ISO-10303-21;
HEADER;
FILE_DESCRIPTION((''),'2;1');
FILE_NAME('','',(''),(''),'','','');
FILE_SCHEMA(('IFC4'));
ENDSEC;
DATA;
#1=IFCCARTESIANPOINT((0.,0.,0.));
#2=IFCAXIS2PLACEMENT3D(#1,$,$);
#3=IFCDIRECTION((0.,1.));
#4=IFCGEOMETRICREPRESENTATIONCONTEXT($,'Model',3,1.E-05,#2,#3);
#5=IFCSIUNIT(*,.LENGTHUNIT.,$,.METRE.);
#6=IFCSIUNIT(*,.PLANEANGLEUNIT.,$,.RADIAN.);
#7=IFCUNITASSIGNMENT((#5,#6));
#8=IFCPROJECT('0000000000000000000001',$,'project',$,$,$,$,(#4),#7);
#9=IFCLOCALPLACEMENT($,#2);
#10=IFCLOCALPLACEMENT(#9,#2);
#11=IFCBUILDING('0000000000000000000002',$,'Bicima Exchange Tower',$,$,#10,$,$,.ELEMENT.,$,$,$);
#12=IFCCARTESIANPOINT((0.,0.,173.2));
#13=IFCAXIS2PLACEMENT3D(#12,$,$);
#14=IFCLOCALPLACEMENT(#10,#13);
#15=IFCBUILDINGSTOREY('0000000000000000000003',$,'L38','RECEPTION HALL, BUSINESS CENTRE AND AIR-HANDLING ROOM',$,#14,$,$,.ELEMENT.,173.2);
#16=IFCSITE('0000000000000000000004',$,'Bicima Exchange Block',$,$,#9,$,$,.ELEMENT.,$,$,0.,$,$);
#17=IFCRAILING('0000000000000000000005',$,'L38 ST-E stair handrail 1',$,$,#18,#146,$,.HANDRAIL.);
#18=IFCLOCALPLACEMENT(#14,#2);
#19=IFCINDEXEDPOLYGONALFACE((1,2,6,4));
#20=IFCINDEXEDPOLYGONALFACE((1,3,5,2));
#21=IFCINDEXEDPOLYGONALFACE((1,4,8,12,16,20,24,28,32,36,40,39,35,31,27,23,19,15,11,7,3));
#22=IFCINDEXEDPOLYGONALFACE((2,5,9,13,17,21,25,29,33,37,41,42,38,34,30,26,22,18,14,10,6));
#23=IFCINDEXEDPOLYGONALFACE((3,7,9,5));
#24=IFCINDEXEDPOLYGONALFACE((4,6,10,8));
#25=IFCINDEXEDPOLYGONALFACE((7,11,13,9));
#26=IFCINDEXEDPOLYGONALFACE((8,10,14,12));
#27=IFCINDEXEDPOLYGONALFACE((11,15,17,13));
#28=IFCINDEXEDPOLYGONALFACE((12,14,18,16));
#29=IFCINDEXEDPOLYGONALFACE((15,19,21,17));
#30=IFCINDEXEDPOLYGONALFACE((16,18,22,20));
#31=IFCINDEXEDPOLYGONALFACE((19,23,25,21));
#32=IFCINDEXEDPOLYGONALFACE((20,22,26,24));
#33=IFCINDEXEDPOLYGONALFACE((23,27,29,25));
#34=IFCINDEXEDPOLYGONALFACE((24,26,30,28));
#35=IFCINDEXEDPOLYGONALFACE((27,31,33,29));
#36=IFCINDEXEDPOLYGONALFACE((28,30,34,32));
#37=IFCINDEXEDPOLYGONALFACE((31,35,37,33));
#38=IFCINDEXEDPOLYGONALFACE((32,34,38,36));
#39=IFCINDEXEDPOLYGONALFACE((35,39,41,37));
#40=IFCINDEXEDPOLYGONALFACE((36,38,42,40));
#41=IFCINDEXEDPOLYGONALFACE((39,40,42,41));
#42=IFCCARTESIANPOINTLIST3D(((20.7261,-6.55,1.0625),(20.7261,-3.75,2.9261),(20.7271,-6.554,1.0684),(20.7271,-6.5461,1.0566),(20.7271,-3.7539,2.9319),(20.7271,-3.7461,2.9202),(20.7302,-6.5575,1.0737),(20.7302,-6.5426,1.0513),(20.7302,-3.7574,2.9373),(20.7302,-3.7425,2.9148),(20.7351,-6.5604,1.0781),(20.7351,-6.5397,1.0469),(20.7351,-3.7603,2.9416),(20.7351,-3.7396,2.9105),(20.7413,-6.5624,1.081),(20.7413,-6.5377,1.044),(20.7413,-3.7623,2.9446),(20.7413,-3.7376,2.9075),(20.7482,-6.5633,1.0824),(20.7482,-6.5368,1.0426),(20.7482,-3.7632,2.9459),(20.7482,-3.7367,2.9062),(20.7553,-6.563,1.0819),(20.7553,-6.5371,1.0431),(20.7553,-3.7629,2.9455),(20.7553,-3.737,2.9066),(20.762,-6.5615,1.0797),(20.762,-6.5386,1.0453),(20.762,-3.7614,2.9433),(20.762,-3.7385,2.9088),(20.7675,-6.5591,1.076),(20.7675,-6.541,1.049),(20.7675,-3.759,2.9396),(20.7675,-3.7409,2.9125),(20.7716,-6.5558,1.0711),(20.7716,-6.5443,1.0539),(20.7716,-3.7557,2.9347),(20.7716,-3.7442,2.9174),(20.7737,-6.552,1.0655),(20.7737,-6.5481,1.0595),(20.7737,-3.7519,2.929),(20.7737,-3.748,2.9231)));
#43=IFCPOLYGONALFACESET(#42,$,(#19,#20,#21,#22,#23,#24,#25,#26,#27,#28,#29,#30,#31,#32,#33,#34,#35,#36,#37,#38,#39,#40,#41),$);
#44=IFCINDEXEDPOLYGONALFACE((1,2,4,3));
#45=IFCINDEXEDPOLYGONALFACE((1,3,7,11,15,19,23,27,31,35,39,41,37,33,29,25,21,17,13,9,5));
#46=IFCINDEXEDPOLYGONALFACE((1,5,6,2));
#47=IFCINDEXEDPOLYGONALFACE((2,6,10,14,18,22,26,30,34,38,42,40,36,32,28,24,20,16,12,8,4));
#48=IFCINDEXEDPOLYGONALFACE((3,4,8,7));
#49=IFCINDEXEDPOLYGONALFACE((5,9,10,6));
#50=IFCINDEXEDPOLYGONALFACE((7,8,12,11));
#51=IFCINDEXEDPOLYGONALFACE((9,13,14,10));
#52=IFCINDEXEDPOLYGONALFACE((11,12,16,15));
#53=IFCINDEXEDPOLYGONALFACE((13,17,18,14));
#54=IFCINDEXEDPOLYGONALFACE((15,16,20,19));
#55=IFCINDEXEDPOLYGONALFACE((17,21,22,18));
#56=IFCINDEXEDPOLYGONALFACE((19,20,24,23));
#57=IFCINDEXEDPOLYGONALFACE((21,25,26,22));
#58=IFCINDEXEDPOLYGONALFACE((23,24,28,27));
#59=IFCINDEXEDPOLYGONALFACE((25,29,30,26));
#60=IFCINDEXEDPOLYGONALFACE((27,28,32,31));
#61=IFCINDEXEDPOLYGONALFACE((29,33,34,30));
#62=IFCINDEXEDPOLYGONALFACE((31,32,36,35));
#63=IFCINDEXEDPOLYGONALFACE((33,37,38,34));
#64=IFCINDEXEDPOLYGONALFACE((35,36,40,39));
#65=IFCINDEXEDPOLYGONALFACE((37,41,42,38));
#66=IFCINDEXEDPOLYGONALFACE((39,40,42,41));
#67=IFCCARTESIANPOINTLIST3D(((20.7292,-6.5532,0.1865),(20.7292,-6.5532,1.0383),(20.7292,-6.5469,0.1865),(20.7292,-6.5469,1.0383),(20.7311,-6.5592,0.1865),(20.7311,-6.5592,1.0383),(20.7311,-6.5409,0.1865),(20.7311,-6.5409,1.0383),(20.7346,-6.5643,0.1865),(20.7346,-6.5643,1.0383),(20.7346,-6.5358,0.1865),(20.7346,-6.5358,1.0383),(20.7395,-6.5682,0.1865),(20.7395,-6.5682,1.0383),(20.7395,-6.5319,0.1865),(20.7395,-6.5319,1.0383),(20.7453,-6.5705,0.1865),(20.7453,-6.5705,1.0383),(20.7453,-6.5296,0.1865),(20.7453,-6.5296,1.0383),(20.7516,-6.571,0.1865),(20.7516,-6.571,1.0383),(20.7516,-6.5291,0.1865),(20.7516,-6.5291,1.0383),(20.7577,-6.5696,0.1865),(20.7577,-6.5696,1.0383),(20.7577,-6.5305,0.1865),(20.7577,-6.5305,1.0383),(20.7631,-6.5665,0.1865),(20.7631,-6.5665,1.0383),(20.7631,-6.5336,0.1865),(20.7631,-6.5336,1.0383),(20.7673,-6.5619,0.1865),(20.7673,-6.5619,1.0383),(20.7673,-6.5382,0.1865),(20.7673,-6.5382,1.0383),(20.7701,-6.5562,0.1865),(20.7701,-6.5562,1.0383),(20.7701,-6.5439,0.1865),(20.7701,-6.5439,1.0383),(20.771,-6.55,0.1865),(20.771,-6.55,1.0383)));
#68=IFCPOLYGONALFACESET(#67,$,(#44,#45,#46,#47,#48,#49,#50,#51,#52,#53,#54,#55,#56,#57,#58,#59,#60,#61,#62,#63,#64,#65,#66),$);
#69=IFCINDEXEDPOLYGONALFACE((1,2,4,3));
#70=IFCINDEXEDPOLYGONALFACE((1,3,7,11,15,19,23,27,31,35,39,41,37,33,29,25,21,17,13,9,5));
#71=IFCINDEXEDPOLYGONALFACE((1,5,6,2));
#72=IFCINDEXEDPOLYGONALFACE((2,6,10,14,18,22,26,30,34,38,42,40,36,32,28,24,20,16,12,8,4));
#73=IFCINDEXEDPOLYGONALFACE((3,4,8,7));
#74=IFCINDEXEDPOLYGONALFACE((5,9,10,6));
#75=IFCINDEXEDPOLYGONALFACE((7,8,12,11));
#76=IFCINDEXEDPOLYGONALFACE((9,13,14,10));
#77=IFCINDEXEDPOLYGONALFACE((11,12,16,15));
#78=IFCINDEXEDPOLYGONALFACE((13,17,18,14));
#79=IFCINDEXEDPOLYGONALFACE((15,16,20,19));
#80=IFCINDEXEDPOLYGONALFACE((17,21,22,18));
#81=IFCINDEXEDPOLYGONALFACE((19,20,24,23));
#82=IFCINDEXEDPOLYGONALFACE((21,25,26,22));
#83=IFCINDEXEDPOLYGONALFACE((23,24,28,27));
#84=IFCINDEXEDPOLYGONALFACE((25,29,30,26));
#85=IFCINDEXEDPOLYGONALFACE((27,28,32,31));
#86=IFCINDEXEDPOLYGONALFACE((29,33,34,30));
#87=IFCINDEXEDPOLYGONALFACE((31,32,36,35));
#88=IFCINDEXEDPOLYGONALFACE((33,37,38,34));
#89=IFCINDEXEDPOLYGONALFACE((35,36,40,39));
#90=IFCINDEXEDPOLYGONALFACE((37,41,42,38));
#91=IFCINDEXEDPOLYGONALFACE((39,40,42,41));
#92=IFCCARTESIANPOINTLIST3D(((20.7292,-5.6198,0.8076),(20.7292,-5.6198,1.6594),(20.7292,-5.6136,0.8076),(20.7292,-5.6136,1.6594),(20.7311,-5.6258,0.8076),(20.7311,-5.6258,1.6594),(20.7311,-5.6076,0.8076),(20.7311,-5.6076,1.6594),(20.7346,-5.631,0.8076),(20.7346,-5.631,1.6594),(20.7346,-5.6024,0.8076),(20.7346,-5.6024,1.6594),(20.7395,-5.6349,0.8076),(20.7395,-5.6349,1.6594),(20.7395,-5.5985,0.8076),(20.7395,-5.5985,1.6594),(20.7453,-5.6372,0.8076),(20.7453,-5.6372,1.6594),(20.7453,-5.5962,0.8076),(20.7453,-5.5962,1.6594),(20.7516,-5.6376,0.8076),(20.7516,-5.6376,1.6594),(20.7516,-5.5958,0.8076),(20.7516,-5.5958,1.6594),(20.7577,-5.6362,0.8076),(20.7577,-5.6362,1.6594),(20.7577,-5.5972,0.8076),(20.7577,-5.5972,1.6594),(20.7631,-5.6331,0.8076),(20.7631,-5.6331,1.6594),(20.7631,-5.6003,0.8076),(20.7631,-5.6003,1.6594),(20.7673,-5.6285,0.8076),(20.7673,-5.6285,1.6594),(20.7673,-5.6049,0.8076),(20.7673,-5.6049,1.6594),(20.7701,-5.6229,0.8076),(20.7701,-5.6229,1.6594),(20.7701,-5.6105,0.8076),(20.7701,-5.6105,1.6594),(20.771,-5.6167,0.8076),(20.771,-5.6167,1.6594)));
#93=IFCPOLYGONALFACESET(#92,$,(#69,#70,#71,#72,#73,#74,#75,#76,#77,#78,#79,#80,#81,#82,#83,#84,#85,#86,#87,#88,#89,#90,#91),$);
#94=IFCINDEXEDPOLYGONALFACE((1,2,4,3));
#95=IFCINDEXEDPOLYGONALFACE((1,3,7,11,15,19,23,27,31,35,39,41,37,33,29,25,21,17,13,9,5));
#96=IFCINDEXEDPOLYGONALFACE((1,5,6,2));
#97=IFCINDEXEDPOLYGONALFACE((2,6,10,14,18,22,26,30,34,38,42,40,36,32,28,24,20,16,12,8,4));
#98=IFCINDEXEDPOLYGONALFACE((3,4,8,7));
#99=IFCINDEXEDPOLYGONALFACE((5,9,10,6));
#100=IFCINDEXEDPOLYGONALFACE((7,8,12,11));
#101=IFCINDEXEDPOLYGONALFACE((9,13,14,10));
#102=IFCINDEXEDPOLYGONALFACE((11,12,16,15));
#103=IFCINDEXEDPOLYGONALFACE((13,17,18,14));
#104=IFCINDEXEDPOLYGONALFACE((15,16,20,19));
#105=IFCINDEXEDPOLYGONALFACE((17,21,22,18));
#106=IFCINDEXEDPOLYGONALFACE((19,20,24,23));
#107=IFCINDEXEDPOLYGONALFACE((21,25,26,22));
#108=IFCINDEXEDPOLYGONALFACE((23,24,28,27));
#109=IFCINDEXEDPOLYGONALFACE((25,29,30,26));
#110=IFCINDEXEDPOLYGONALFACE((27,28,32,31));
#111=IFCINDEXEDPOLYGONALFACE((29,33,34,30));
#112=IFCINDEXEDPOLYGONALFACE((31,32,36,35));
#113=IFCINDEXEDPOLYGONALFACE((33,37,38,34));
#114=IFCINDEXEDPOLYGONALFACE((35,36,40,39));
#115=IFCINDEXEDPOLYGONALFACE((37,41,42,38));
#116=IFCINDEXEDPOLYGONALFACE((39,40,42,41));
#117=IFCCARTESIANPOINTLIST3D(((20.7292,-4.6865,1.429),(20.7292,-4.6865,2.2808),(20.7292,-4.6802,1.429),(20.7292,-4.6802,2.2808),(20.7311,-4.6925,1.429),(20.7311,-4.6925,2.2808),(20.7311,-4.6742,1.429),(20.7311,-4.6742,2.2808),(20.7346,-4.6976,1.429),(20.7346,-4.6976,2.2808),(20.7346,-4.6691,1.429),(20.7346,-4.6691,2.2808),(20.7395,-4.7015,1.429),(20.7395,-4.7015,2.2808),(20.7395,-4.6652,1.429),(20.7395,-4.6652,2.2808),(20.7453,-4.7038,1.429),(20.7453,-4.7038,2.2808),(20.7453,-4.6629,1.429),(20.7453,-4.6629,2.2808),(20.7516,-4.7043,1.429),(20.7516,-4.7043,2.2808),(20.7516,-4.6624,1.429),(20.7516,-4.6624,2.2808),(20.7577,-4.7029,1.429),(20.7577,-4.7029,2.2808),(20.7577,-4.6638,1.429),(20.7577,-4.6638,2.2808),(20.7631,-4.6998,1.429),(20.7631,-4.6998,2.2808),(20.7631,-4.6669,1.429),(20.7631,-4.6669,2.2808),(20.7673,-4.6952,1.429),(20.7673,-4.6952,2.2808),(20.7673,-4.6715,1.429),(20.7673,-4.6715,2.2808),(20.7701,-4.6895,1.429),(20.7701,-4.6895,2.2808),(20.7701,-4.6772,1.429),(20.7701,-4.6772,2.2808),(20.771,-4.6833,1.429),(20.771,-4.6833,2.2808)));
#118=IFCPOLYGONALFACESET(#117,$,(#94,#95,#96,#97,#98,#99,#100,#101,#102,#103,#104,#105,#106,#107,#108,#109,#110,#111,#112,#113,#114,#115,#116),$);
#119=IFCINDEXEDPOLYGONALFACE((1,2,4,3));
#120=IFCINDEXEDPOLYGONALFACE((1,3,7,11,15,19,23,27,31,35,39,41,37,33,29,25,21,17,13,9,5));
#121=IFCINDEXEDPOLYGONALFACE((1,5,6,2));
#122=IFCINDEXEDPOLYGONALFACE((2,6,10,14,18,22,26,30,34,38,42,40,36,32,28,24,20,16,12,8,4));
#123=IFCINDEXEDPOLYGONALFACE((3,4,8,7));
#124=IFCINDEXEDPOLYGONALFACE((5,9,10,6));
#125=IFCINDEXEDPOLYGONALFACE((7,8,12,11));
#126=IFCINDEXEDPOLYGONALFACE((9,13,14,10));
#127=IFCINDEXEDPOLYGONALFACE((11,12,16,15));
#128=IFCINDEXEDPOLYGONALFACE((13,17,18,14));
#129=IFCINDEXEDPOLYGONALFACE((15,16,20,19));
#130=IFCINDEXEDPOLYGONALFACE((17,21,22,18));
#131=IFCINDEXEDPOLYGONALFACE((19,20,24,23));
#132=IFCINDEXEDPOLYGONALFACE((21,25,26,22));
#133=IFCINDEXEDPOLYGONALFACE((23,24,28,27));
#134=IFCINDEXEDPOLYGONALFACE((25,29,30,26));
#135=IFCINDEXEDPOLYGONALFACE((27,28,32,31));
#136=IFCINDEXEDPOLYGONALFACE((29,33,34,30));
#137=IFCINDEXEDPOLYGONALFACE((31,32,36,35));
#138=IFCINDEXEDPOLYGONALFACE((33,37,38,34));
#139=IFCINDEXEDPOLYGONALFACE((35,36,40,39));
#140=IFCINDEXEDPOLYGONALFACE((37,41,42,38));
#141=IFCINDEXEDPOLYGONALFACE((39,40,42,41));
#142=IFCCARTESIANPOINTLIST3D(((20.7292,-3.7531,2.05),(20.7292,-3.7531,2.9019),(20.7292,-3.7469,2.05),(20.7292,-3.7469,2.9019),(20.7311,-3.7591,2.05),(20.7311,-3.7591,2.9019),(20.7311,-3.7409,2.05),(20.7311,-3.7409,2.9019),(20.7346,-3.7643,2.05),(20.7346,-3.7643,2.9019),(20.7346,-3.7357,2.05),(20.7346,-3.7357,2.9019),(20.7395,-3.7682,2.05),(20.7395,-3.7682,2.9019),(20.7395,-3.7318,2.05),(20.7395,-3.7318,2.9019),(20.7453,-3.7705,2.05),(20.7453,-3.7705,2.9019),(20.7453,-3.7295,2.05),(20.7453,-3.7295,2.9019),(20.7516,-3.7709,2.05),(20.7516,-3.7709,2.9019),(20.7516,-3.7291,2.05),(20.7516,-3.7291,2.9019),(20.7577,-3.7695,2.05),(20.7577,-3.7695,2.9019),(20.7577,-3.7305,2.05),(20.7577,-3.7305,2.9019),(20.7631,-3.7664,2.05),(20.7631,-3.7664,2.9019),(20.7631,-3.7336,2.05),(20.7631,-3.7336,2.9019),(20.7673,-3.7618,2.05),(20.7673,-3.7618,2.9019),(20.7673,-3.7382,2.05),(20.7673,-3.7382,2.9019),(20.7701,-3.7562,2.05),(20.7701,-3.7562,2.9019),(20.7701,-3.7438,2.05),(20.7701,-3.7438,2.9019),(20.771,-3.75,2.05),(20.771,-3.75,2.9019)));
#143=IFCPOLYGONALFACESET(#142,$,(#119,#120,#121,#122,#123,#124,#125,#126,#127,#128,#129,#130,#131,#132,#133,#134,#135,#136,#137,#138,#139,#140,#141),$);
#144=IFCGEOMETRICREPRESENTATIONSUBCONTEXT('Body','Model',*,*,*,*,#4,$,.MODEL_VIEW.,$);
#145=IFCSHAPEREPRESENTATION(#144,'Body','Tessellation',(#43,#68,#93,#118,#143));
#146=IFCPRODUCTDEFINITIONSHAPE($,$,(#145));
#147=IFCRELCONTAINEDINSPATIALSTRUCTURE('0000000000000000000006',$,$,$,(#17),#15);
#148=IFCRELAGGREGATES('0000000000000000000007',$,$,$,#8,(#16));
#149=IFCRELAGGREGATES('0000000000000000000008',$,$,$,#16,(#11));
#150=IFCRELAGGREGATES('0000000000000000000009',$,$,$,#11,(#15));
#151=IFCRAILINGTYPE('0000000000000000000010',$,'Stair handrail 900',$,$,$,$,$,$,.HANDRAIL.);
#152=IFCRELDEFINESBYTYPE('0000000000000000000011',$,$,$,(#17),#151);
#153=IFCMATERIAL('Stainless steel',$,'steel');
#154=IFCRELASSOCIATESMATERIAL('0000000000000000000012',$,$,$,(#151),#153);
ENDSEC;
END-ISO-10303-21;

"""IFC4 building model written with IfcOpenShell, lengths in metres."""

from ifc_helpers import new_model, si_unit, direction, frame, origin, origin_2d, place, context, subcontext, project, spatial, circle, extrude, material, type_object, element, save


model = new_model("IFC4")

# Units and contexts
model_context = context("Model", 3, precision=1e-05, world=origin(), true_north=direction((0.0, 1.0)))
body_context = subcontext(model_context, "Body", "Model", "MODEL_VIEW")
ifc_project = project(units=[si_unit("LENGTHUNIT", "METRE"), si_unit("PLANEANGLEUNIT", "RADIAN")], contexts=[model_context])

# Site, building, storey
site_placement = place(None, origin())
site = spatial("IfcSite", under=ifc_project, at=site_placement, Name="Bicima Exchange Block", CompositionType="ELEMENT", RefElevation=0.0)
building_placement = place(site_placement, origin())
building = spatial("IfcBuilding", under=site, at=building_placement, Name="Bicima Exchange Tower", CompositionType="ELEMENT")
storey_placement = place(building_placement, frame((0.0, 0.0, 173.2)))
storey = spatial("IfcBuildingStorey", under=building, at=storey_placement, Name="L38", Description="RECEPTION HALL, BUSINESS CENTRE AND AIR-HANDLING ROOM", CompositionType="ELEMENT", Elevation=173.2)

# Railing
ifc_material_1 = material(Name="Stainless steel", Category="steel")
railing_type_1 = type_object("IfcRailingType", Name="Stair handrail 900", PredefinedType="HANDRAIL", material=ifc_material_1)
railing_1_placement = place(storey_placement, frame((20.75, -6.55, 0.1865)))
element("IfcRailing", 1, at=railing_1_placement, inside=storey, type_object=railing_type_1, Name="L38 ST-E stair handrail 1", PredefinedType="HANDRAIL", context=body_context, shape_type="SweptSolid", body=[
    extrude(circle(Radius=0.0239, at=origin_2d()), frame((0.0, 0.0, 0.876), z_axis=(0.0, 0.832486, 0.554047), x_axis=(-1.0, 0.0, 0.0)), (0.0, 0.0, 1.0), 3.3635),
    extrude(circle(Radius=0.021, at=origin_2d()), origin(), (0.0, 0.0, 1.0), 0.8518),
    extrude(circle(Radius=0.021, at=origin_2d()), frame((0.0, 0.9333, 0.6211)), (0.0, 0.0, 1.0), 0.8518),
    extrude(circle(Radius=0.021, at=origin_2d()), frame((0.0, 1.8667, 1.2424)), (0.0, 0.0, 1.0), 0.8518),
    extrude(circle(Radius=0.021, at=origin_2d()), frame((0.0, 2.8, 1.8635)), (0.0, 0.0, 1.0), 0.8518),
])

save(model, "model.ifc")
